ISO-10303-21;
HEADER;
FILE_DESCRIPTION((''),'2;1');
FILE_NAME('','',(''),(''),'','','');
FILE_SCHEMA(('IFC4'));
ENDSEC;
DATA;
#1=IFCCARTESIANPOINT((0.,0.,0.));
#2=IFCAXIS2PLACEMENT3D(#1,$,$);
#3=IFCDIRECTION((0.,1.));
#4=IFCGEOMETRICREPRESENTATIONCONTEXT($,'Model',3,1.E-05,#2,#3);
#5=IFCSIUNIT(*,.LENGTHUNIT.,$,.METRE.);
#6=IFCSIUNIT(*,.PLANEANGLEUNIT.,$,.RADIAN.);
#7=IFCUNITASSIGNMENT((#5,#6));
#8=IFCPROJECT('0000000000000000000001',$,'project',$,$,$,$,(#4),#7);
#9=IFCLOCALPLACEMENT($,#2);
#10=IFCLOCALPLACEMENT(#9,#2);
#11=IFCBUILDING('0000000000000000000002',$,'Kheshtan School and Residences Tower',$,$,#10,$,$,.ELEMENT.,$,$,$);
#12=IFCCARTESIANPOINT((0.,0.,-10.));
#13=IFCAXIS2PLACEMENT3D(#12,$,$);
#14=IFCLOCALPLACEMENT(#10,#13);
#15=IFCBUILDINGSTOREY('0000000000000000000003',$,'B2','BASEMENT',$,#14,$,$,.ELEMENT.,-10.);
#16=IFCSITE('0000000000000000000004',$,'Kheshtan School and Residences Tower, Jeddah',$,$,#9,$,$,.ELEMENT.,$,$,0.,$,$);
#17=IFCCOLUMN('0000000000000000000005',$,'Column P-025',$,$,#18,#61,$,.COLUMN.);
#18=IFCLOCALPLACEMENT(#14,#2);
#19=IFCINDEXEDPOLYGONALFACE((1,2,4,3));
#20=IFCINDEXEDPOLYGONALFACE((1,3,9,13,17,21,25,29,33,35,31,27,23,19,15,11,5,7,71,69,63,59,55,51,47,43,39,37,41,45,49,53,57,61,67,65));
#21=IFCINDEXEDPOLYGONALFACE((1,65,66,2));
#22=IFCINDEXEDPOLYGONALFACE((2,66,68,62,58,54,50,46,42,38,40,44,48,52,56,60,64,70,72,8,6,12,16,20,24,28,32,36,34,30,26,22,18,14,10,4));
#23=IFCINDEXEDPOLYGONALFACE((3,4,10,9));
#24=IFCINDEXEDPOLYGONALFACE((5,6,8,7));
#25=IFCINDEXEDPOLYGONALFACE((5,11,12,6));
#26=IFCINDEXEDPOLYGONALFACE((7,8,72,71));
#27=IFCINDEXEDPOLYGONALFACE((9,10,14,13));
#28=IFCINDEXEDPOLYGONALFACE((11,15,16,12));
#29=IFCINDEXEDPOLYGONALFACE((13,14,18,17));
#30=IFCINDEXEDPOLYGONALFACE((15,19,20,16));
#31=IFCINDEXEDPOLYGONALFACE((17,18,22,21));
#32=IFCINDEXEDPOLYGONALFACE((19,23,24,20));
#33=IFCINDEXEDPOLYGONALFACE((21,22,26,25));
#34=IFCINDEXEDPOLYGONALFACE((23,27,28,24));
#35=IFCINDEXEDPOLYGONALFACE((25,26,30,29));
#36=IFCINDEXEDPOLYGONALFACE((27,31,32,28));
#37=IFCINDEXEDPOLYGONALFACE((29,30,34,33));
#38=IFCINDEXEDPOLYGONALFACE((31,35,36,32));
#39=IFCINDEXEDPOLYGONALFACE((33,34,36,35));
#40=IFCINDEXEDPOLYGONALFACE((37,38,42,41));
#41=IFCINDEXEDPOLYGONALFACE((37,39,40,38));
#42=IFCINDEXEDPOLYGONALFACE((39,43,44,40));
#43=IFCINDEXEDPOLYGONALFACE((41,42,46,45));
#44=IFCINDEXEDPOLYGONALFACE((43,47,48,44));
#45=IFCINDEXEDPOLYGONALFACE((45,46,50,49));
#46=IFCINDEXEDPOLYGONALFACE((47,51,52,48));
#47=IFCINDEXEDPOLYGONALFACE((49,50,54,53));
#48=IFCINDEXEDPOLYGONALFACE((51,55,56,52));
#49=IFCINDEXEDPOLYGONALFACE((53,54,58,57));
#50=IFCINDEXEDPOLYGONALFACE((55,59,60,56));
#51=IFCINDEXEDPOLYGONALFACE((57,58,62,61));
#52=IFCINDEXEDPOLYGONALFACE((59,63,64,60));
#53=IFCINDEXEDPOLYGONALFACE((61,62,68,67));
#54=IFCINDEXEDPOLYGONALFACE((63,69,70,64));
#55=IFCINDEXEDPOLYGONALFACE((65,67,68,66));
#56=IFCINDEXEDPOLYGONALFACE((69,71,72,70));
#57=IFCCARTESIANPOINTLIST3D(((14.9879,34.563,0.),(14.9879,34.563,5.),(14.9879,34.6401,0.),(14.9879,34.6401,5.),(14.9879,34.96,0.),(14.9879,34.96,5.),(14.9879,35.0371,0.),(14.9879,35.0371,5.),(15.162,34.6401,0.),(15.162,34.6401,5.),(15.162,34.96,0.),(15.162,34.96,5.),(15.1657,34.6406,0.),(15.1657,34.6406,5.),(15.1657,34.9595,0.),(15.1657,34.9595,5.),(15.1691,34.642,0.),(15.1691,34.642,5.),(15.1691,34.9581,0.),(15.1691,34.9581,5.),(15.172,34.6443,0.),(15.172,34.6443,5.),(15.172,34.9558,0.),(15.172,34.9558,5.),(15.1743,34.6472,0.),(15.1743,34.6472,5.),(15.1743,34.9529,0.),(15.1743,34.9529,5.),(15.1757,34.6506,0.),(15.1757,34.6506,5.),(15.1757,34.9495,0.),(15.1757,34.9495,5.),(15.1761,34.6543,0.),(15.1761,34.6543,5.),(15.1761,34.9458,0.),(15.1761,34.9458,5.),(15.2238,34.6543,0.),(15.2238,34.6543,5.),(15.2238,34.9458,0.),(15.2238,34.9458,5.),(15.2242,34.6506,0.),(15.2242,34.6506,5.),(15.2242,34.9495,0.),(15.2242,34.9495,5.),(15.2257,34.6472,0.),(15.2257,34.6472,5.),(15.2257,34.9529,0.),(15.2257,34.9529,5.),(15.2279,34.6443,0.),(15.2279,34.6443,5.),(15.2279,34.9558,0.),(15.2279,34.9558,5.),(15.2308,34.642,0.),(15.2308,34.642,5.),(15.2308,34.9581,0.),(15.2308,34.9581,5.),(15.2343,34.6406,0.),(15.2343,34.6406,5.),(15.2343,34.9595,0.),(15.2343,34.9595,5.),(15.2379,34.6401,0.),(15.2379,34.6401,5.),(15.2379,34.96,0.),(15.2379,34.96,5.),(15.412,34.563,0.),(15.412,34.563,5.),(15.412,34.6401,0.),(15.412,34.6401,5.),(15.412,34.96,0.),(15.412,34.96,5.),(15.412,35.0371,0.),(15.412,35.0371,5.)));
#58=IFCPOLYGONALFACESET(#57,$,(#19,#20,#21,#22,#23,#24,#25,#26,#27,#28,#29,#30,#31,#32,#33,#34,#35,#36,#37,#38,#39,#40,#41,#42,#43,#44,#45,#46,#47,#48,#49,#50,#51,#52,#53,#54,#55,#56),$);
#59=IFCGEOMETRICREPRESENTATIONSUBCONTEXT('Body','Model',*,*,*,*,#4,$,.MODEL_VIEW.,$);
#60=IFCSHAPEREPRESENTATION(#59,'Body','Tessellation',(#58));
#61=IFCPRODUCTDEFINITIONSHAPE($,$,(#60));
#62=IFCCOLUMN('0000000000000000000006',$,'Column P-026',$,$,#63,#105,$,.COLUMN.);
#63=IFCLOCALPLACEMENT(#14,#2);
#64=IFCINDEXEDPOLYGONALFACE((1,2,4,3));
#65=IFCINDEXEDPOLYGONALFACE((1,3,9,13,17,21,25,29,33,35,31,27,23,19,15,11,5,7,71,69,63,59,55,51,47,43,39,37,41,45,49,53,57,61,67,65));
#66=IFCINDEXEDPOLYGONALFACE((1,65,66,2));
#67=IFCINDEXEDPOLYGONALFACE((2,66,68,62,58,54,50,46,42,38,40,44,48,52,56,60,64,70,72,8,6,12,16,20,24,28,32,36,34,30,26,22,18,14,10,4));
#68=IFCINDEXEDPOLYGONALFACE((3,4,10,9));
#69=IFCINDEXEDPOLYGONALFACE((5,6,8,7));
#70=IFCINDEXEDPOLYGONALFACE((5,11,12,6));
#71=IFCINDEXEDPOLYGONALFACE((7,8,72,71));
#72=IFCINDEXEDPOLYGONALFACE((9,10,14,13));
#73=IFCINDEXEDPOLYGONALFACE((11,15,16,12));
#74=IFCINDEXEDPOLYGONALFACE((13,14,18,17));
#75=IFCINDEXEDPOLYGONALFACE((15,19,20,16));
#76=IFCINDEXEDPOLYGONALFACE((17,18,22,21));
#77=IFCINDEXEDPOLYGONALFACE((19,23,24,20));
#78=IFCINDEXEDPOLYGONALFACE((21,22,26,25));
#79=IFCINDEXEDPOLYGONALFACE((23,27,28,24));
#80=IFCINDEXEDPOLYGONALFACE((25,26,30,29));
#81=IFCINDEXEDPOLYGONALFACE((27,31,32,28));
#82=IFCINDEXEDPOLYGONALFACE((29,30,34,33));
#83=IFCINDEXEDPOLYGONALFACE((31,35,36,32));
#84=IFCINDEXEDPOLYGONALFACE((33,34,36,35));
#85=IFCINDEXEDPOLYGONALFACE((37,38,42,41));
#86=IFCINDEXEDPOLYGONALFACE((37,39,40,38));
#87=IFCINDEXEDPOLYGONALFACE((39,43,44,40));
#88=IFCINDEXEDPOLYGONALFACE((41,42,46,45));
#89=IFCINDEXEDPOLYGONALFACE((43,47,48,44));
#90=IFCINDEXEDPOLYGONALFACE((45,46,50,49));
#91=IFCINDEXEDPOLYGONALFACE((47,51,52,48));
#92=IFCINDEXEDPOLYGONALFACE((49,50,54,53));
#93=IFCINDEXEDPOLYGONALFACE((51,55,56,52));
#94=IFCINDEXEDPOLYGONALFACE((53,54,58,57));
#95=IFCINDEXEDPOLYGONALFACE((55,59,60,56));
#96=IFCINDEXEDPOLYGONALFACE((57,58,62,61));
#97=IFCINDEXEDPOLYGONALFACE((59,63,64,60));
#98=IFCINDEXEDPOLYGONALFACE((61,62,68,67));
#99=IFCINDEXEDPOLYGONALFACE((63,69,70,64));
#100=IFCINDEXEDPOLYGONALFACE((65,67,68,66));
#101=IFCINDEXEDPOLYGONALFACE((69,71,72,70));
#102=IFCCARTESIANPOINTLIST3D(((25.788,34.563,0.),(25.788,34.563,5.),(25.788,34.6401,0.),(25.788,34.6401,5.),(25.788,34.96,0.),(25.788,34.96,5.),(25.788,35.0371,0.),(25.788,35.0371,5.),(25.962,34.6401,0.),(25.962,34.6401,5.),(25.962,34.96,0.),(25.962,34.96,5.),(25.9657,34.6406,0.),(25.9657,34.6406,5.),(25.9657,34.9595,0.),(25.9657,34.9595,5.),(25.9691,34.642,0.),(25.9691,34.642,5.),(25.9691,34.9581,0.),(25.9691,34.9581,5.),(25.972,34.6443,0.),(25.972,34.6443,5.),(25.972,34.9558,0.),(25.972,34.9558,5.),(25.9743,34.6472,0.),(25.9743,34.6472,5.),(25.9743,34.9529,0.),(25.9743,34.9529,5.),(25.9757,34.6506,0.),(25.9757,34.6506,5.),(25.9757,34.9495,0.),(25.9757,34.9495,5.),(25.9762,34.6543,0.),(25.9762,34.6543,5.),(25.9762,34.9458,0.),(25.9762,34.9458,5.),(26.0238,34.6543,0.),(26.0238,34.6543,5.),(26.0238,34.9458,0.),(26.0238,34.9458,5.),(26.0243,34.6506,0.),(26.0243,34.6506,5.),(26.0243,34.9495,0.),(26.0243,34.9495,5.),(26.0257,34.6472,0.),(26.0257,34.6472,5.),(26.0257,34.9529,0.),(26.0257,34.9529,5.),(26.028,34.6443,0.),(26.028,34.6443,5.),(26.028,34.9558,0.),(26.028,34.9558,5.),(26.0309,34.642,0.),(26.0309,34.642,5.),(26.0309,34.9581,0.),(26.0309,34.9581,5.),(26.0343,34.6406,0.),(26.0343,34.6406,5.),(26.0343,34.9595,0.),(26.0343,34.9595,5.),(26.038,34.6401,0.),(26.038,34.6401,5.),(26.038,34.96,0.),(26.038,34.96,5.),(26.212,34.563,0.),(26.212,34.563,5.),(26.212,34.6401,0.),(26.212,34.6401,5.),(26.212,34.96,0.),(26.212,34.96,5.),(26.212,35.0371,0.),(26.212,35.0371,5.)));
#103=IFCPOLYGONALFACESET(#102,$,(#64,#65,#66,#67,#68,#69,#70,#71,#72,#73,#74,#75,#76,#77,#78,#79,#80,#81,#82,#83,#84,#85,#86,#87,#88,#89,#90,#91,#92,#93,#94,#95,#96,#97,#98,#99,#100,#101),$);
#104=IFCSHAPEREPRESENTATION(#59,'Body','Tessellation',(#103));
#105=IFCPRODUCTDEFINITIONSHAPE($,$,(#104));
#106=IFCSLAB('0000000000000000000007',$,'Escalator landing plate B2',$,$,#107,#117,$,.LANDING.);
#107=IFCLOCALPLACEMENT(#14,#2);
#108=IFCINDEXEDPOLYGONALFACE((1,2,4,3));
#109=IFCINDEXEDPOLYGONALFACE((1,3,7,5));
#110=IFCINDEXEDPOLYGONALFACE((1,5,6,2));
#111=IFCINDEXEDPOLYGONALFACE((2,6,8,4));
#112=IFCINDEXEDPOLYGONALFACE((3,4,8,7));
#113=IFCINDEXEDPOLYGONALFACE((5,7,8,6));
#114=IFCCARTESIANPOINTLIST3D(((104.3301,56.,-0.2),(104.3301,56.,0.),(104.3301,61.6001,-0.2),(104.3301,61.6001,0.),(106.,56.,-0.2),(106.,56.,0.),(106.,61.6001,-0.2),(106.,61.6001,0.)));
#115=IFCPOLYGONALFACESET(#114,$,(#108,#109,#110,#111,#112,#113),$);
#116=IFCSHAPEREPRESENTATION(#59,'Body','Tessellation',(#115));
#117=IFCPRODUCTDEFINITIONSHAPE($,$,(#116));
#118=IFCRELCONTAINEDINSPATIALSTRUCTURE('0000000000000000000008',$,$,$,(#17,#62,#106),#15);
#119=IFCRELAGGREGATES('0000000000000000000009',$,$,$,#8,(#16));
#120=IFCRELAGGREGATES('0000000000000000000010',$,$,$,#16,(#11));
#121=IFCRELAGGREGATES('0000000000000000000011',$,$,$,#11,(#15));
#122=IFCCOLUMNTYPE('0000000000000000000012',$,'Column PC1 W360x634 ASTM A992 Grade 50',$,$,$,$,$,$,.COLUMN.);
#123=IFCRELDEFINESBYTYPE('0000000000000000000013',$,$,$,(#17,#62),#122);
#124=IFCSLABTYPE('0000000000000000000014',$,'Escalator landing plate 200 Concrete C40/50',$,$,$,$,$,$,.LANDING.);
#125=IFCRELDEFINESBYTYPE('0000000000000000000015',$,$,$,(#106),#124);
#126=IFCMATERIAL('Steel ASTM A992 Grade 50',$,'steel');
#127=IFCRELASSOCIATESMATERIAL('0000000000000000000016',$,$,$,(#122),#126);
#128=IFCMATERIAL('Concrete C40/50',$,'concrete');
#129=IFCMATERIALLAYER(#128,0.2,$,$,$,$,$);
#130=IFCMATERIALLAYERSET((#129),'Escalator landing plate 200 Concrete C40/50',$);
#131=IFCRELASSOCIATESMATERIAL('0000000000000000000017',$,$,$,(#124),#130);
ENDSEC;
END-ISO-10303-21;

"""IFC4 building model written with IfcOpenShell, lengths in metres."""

from ifc_helpers import new_model, si_unit, direction, frame, origin, origin_2d, place, context, subcontext, project, spatial, polyline, i_section, outline, extrude, material, layer, layer_set, material_profile, profile_set, type_object, element, save


model = new_model("IFC4")

# Units and contexts
model_context = context("Model", 3, precision=1e-05, world=origin(), true_north=direction((0.0, 1.0)))
body_context = subcontext(model_context, "Body", "Model", "MODEL_VIEW")
ifc_project = project(units=[si_unit("LENGTHUNIT", "METRE"), si_unit("PLANEANGLEUNIT", "RADIAN")], contexts=[model_context])

# Site, building, storey
site_placement = place(None, origin())
site = spatial("IfcSite", under=ifc_project, at=site_placement, Name="Kheshtan School and Residences Tower, Jeddah", CompositionType="ELEMENT", RefElevation=0.0)
building_placement = place(site_placement, origin())
building = spatial("IfcBuilding", under=site, at=building_placement, Name="Kheshtan School and Residences Tower", CompositionType="ELEMENT")
storey_placement = place(building_placement, frame((0.0, 0.0, -10.0)))
storey = spatial("IfcBuildingStorey", under=building, at=storey_placement, Name="B2", Description="BASEMENT", CompositionType="ELEMENT", Elevation=-10.0)

# Columns
ifc_material_1 = material(Name="Steel ASTM A992 Grade 50", Category="steel")
ifc_material_profile = material_profile(ifc_material_1, i_section(OverallWidth=0.4241, OverallDepth=0.4741, WebThickness=0.0476, FlangeThickness=0.0771, FilletRadius=0.0142, at=origin_2d()), Name="W360x634")
ifc_profile_set = profile_set([ifc_material_profile], Name="Steel ASTM A992 Grade 50")
column_type = type_object("IfcColumnType", Name="Column PC1 W360x634 ASTM A992 Grade 50", PredefinedType="COLUMN", material=ifc_profile_set)
for number, where, z_axis, x_axis, name in (
    (1, (15.2, 34.8, 0.0), (0.0, 0.0, 1.0), (1.0, 0.0, 0.0), "Column P-025"),
    (2, (26.0, 34.8, 0.0), (0.0, 0.0, 1.0), (1.0, 0.0, 0.0), "Column P-026"),
):
    element("IfcColumn", number, at=place(storey_placement, frame(where, z_axis=z_axis, x_axis=x_axis)), inside=storey, type_object=column_type, Name=name, PredefinedType="COLUMN", context=body_context, shape_type="SweptSolid", body=[
        extrude(i_section(OverallWidth=0.4241, OverallDepth=0.4741, WebThickness=0.0476, FlangeThickness=0.0771, FilletRadius=0.0142, at=origin_2d()), origin(), (0.0, 0.0, 1.0), 5.0),
    ])

# Slab
ifc_material_2 = material(Name="Concrete C40/50", Category="concrete")
ifc_layer_1 = layer(ifc_material_2, 0.2)
ifc_layer_set_1 = layer_set([ifc_layer_1], Name="Escalator landing plate 200 Concrete C40/50")
slab_type_1 = type_object("IfcSlabType", Name="Escalator landing plate 200 Concrete C40/50", PredefinedType="LANDING", material=ifc_layer_set_1)
slab_1_placement = place(storey_placement, frame((0.0, 0.0, -0.2)))
element("IfcSlab", 3, at=slab_1_placement, inside=storey, type_object=slab_type_1, Name="Escalator landing plate B2", PredefinedType="LANDING", context=body_context, shape_type="SweptSolid", body=[
    extrude(outline(polyline([(104.3301, 56.0), (106.0, 56.0), (106.0, 61.6001), (104.3301, 61.6001), (104.3301, 56.0)])), origin(), (0.0, 0.0, 1.0), 0.2),
])

save(model, "model.ifc")
